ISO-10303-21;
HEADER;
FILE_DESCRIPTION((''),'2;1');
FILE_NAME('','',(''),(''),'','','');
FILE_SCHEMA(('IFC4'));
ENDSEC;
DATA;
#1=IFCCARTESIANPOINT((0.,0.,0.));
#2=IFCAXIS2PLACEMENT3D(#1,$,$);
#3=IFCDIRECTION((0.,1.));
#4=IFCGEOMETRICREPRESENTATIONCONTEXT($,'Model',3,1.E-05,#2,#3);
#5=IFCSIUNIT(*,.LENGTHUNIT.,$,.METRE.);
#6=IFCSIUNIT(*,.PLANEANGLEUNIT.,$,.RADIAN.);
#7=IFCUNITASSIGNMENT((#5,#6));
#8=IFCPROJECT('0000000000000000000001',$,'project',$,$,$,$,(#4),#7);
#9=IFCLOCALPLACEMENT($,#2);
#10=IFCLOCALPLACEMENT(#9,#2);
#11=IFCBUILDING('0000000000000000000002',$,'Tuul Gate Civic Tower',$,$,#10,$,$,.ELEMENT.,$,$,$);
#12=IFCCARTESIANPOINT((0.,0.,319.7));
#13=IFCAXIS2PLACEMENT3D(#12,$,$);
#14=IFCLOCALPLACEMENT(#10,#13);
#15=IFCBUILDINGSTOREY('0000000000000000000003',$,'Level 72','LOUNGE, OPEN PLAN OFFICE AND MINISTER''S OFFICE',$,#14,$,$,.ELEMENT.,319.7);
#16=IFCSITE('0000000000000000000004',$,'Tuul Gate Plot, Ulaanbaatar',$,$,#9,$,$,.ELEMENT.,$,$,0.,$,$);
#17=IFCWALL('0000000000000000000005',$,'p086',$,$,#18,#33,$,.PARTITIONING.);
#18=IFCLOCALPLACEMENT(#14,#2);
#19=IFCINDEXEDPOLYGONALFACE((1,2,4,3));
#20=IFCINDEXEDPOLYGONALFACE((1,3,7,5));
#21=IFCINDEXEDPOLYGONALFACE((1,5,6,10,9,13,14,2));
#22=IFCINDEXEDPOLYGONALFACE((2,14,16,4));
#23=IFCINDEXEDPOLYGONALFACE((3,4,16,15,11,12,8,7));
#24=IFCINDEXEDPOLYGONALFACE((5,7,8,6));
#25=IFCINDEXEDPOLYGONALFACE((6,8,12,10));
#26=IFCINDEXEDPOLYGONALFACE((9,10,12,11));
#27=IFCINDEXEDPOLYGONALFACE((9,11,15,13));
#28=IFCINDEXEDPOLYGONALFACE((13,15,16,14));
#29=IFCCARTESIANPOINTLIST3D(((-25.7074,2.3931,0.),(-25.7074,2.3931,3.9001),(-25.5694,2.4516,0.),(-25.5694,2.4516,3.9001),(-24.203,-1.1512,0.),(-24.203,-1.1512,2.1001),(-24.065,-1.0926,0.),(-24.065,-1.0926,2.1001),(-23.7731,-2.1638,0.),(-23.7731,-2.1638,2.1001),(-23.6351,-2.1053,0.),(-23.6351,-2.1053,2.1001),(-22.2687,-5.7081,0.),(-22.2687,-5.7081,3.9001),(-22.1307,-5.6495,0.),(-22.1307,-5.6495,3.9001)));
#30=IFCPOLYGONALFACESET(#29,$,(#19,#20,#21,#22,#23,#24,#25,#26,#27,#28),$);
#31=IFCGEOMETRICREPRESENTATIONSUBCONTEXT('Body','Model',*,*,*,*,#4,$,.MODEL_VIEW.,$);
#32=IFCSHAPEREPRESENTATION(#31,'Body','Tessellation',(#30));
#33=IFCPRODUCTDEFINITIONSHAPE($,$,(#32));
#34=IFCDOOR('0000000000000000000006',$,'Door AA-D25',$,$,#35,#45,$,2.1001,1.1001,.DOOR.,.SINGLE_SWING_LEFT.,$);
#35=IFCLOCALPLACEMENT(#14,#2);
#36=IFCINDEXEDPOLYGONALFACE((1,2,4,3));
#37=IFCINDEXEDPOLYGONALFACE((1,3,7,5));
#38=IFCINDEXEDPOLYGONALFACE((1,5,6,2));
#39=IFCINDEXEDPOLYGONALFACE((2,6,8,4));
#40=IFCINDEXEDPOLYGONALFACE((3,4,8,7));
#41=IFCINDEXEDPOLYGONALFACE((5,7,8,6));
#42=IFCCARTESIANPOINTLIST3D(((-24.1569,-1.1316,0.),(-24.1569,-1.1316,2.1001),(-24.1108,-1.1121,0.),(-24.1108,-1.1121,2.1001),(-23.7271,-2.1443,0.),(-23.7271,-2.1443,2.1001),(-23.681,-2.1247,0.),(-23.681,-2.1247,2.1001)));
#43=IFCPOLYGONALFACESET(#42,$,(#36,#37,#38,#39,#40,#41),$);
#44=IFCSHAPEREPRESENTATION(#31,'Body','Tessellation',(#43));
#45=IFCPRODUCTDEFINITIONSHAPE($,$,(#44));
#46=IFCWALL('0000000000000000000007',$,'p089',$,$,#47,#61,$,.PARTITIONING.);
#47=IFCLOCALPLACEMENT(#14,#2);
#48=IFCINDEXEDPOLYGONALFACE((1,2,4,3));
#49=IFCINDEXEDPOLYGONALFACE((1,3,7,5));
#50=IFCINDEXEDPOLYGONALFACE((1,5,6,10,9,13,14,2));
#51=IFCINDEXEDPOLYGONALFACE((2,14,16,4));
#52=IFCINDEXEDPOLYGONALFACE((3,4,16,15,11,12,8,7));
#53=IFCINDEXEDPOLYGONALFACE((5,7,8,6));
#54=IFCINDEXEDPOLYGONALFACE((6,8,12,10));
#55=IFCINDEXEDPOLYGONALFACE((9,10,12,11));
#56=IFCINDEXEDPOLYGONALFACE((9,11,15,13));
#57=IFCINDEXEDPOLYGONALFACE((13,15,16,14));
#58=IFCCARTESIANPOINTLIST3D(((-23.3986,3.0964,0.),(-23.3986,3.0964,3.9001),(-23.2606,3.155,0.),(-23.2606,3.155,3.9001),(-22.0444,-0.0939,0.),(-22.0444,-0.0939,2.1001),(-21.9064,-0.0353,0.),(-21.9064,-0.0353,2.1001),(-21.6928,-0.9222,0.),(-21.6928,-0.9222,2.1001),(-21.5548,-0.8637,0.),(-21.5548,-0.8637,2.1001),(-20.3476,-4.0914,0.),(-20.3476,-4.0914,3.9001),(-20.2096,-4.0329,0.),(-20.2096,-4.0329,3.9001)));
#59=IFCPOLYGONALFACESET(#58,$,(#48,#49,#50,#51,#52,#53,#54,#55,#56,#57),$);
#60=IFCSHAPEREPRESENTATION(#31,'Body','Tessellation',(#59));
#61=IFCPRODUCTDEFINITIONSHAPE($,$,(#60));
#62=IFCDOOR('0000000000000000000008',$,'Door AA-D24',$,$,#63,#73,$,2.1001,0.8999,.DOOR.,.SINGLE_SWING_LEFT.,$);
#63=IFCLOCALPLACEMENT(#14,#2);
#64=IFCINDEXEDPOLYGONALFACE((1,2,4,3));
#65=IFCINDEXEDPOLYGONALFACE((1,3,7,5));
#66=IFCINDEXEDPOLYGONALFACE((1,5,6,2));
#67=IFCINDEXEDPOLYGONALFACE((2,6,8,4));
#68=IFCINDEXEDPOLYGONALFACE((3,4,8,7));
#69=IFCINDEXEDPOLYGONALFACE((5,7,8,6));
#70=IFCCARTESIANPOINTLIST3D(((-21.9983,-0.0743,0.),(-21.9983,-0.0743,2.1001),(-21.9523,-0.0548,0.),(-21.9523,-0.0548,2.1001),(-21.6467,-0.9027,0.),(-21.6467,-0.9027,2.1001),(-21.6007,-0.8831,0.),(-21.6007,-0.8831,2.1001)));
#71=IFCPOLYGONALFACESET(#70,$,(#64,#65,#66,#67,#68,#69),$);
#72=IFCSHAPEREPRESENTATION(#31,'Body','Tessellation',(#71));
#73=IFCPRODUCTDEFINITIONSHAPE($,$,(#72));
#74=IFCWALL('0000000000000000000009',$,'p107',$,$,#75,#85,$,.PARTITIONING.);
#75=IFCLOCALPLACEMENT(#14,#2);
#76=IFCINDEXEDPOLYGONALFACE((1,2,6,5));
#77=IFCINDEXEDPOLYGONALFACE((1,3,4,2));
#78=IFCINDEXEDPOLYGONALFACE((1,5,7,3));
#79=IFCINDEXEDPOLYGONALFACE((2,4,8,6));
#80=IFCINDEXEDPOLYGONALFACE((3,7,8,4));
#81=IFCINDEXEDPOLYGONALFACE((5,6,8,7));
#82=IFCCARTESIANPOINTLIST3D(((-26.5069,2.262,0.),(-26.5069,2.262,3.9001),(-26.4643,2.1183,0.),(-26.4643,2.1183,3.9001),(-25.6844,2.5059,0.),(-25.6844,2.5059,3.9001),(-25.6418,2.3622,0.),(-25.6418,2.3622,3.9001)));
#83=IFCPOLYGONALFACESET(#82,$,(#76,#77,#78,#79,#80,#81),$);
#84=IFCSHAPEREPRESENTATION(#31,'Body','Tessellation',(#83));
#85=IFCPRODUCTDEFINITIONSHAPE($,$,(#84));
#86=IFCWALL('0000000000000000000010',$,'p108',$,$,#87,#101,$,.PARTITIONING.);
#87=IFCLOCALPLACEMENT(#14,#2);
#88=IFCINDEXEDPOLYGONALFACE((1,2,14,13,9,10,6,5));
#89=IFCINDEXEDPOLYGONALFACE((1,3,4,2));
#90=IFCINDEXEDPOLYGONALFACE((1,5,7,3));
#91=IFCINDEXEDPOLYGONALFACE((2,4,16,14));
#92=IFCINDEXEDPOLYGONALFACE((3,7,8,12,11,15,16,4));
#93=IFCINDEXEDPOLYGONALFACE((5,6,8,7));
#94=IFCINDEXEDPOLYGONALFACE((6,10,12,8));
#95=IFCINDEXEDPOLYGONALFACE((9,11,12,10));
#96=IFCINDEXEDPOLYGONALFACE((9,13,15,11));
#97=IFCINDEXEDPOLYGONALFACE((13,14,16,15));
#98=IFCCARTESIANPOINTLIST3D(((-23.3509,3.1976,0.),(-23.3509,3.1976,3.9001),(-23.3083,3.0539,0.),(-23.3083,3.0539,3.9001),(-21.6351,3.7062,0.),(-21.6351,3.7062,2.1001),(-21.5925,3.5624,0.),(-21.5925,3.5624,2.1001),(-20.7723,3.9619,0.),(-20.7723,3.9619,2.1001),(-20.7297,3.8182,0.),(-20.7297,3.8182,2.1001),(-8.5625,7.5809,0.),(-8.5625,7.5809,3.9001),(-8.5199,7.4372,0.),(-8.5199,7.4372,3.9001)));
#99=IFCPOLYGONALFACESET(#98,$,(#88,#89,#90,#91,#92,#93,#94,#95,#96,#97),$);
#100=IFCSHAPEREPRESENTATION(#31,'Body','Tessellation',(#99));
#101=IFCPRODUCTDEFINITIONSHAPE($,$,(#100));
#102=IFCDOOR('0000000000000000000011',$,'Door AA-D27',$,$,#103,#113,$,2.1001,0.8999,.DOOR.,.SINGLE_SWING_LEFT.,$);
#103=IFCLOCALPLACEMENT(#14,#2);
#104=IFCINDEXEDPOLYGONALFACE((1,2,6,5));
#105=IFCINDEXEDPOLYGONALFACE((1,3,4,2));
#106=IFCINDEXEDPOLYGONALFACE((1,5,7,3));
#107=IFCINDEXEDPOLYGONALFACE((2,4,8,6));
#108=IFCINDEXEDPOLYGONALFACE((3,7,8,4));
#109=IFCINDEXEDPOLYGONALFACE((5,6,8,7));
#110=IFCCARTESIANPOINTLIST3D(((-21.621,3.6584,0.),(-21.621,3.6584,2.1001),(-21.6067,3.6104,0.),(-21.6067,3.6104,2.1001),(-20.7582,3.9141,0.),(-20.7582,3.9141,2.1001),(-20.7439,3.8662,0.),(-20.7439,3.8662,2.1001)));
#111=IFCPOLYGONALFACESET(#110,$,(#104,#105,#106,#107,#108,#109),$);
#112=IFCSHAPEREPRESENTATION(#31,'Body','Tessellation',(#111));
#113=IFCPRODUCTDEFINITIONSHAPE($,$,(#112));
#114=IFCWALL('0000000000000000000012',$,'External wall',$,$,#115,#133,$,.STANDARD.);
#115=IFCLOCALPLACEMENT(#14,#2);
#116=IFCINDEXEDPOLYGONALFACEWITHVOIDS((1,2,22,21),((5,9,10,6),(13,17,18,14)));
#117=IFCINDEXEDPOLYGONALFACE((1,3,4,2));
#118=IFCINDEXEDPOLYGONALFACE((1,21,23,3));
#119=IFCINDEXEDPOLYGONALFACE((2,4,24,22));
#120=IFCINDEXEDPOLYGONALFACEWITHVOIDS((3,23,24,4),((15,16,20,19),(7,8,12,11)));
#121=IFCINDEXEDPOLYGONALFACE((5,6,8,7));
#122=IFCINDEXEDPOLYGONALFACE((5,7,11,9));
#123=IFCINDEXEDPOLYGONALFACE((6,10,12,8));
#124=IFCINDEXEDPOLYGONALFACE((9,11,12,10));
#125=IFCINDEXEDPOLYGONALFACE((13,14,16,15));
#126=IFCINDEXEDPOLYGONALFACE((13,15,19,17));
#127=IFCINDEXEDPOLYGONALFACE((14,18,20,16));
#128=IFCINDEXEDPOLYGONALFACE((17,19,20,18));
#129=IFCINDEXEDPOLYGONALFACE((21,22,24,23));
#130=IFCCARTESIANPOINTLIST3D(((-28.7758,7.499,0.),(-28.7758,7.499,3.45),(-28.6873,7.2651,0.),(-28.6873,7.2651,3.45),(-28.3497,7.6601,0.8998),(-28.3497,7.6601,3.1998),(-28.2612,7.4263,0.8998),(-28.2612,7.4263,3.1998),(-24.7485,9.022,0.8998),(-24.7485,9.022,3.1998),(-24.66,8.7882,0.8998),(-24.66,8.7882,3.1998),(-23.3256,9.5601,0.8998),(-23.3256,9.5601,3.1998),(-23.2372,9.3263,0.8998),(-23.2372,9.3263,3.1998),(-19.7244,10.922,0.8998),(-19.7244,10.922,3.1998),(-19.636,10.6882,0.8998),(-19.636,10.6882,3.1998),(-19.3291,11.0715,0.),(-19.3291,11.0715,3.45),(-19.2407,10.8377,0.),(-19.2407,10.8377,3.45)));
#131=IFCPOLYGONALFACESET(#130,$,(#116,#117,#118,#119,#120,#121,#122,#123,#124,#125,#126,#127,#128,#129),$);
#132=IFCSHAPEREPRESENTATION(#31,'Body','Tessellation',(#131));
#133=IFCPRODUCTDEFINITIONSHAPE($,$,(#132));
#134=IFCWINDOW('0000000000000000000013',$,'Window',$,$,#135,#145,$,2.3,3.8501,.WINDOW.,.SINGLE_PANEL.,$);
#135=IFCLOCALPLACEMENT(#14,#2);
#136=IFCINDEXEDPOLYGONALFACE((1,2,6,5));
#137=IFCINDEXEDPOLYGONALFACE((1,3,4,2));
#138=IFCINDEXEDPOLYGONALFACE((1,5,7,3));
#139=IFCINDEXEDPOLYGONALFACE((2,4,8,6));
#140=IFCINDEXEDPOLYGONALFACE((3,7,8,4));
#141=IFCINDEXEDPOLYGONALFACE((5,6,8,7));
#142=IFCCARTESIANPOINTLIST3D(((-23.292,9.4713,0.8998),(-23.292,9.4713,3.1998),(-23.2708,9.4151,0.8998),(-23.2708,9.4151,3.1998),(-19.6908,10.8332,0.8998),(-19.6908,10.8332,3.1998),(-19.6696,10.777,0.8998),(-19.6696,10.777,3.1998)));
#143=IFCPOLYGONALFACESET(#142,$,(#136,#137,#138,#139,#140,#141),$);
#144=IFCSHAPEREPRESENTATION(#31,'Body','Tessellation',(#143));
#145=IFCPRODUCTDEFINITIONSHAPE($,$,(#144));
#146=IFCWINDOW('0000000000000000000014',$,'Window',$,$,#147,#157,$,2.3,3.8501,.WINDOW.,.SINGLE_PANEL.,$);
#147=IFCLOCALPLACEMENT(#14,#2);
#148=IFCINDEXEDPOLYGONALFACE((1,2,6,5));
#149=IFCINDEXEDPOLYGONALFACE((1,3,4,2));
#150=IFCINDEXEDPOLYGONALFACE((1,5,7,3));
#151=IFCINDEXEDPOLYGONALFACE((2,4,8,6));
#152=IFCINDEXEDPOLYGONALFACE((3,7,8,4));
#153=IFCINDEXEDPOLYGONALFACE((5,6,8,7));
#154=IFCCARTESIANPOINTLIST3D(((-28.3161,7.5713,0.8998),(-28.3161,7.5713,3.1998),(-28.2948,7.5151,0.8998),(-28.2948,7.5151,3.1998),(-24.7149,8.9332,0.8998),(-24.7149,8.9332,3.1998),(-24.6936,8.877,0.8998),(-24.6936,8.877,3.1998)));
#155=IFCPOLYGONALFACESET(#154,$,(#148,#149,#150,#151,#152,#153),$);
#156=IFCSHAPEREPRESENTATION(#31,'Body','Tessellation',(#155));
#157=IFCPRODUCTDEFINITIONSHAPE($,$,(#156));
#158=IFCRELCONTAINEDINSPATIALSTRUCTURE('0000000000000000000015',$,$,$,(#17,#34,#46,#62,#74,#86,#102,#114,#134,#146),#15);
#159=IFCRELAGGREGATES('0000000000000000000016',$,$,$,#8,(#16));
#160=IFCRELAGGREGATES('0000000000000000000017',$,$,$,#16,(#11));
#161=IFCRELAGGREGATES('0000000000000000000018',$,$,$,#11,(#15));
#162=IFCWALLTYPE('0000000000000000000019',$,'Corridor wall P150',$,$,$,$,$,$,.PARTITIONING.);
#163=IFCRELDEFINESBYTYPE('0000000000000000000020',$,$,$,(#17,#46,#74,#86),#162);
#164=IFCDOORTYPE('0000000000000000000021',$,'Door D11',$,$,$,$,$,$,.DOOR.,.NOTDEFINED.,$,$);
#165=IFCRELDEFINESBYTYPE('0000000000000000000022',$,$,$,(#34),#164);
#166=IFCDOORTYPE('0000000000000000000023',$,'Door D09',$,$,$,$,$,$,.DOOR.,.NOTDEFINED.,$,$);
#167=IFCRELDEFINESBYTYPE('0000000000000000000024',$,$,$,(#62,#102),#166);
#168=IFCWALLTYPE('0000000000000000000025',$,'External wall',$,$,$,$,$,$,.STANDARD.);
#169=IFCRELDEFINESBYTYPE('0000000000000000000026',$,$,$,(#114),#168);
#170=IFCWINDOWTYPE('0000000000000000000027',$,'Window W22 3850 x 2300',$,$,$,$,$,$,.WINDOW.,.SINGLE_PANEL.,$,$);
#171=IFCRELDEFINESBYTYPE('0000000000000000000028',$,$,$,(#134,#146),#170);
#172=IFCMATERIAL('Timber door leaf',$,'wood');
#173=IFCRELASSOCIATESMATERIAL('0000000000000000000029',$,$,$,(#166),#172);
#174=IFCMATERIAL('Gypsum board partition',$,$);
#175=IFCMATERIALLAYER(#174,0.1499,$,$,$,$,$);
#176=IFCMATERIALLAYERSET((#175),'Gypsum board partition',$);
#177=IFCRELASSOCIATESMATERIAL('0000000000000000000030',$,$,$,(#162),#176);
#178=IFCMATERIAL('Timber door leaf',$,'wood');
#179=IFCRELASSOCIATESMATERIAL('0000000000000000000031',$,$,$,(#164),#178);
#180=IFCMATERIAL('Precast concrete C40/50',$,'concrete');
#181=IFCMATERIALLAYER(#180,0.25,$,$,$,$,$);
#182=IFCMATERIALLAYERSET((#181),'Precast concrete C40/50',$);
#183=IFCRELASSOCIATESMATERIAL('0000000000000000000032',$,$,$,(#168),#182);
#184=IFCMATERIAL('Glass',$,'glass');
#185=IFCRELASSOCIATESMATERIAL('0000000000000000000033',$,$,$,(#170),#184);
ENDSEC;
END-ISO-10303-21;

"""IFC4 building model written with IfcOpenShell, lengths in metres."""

from ifc_helpers import new_model, si_unit, direction, frame, frame_2d, origin, place, context, subcontext, project, spatial, rectangle, extrude, material, layer, layer_set, type_object, element, fill, save


model = new_model("IFC4")

# Units and contexts
model_context = context("Model", 3, precision=1e-05, world=origin(), true_north=direction((0.0, 1.0)))
body_context = subcontext(model_context, "Body", "Model", "MODEL_VIEW")
ifc_project = project(units=[si_unit("LENGTHUNIT", "METRE"), si_unit("PLANEANGLEUNIT", "RADIAN")], contexts=[model_context])

# Site, building, storey
site_placement = place(None, origin())
site = spatial("IfcSite", under=ifc_project, at=site_placement, Name="Tuul Gate Plot, Ulaanbaatar", CompositionType="ELEMENT", RefElevation=0.0)
building_placement = place(site_placement, origin())
building = spatial("IfcBuilding", under=site, at=building_placement, Name="Tuul Gate Civic Tower", CompositionType="ELEMENT")
storey_placement = place(building_placement, frame((0.0, 0.0, 319.7)))
storey = spatial("IfcBuildingStorey", under=building, at=storey_placement, Name="Level 72", Description="LOUNGE, OPEN PLAN OFFICE AND MINISTER'S OFFICE", CompositionType="ELEMENT", Elevation=319.7)

# Walls, openings, doors
ifc_material_1 = material(Name="Timber door leaf", Category="wood")
door_type_1 = type_object("IfcDoorType", Name="Door D09", OperationType="NOTDEFINED", PredefinedType="DOOR", material=ifc_material_1)
ifc_material_2 = material(Name="Gypsum board partition")
ifc_layer_1 = layer(ifc_material_2, 0.1499)
ifc_layer_set_1 = layer_set([ifc_layer_1], Name="Gypsum board partition")
wall_type_1 = type_object("IfcWallType", Name="Corridor wall P150", PredefinedType="PARTITIONING", material=ifc_layer_set_1)
ifc_material_3 = material(Name="Timber door leaf", Category="wood")
door_type_2 = type_object("IfcDoorType", Name="Door D11", OperationType="NOTDEFINED", PredefinedType="DOOR", material=ifc_material_3)
wall_1_placement = place(storey_placement, frame((-25.6384, 2.4224, 0.0), z_axis=(0.0, 0.0, 1.0), x_axis=(0.390733, -0.920504, 0.0)))
wall_1 = element("IfcWall", 1, at=wall_1_placement, inside=storey, type_object=wall_type_1, Name="p086", PredefinedType="PARTITIONING", context=body_context, shape_type="SweptSolid", body=[
    extrude(rectangle(XDim=8.8008, YDim=0.1499, at=frame_2d((4.4004, 0.0))), origin(), (0.0, 0.0, 1.0), 3.9001),
])
opening_1_placement = place(wall_1_placement, frame((3.8503, 0.0, 0.0)))
opening_1 = element("IfcOpeningElement", 2, at=opening_1_placement, cuts=wall_1, PredefinedType="OPENING", context=body_context, shape_type="SweptSolid", body=[
    extrude(rectangle(XDim=1.1001, YDim=2.1001, at=frame_2d((0.55, 1.05))), frame((0.0, 0.085, 0.0), z_axis=(0.0, -1.0, 0.0), x_axis=(1.0, 0.0, 0.0)), (0.0, 0.0, 1.0), 0.1699),
])
door_1_placement = place(opening_1_placement, frame((1.1001, 0.0, 0.0), z_axis=(0.0, 0.0, 1.0), x_axis=(-1.0, 0.0, 0.0)))
door_1 = element("IfcDoor", 3, at=door_1_placement, inside=storey, type_object=door_type_2, Name="Door AA-D25", OperationType="SINGLE_SWING_LEFT", OverallHeight=2.1001, OverallWidth=1.1001, PredefinedType="DOOR", context=body_context, shape_type="SweptSolid", body=[
    extrude(rectangle(XDim=1.1001, YDim=2.1001, at=frame_2d((0.55, 1.05))), frame((0.0, 0.0249, 0.0), z_axis=(0.0, -1.0, 0.0), x_axis=(1.0, 0.0, 0.0)), (0.0, 0.0, 1.0), 0.05),
])
fill(opening_1, door_1)
wall_2_placement = place(storey_placement, frame((-23.3296, 3.1257, 0.0), z_axis=(0.0, 0.0, 1.0), x_axis=(0.390721, -0.920509, 0.0)))
wall_2 = element("IfcWall", 4, at=wall_2_placement, inside=storey, type_object=wall_type_1, Name="p089", PredefinedType="PARTITIONING", context=body_context, shape_type="SweptSolid", body=[
    extrude(rectangle(XDim=7.8086, YDim=0.1499, at=frame_2d((3.9043, 0.0))), origin(), (0.0, 0.0, 1.0), 3.9001),
])
opening_2_placement = place(wall_2_placement, frame((3.4658, 0.0, 0.0)))
opening_2 = element("IfcOpeningElement", 5, at=opening_2_placement, cuts=wall_2, PredefinedType="OPENING", context=body_context, shape_type="SweptSolid", body=[
    extrude(rectangle(XDim=0.8999, YDim=2.1001, at=frame_2d((0.45, 1.05))), frame((0.0, 0.085, 0.0), z_axis=(0.0, -1.0, 0.0), x_axis=(1.0, 0.0, 0.0)), (0.0, 0.0, 1.0), 0.1699),
])
door_2_placement = place(opening_2_placement, frame((0.8999, 0.0, 0.0), z_axis=(0.0, 0.0, 1.0), x_axis=(-1.0, 0.0, 0.0)))
door_2 = element("IfcDoor", 6, at=door_2_placement, inside=storey, type_object=door_type_1, Name="Door AA-D24", OperationType="SINGLE_SWING_LEFT", OverallHeight=2.1001, OverallWidth=0.8999, PredefinedType="DOOR", context=body_context, shape_type="SweptSolid", body=[
    extrude(rectangle(XDim=0.8999, YDim=2.1001, at=frame_2d((0.45, 1.05))), frame((0.0, 0.0249, 0.0), z_axis=(0.0, -1.0, 0.0), x_axis=(1.0, 0.0, 0.0)), (0.0, 0.0, 1.0), 0.05),
])
fill(opening_2, door_2)

# Wall
wall_3_placement = place(storey_placement, frame((-26.4856, 2.1902, 0.0), z_axis=(0.0, 0.0, 1.0), x_axis=(0.958738, 0.284292, 0.0)))
element("IfcWall", 7, at=wall_3_placement, inside=storey, type_object=wall_type_1, Name="p107", PredefinedType="PARTITIONING", context=body_context, shape_type="SweptSolid", body=[
    extrude(rectangle(XDim=0.8579, YDim=0.1499, at=frame_2d((0.429, 0.0))), origin(), (0.0, 0.0, 1.0), 3.9001),
])

# Wall, opening, door
wall_4_placement = place(storey_placement, frame((-23.3296, 3.1257, 0.0), z_axis=(0.0, 0.0, 1.0), x_axis=(0.95877, 0.284182, 0.0)))
wall_4 = element("IfcWall", 8, at=wall_4_placement, inside=storey, type_object=wall_type_1, Name="p108", PredefinedType="PARTITIONING", context=body_context, shape_type="SweptSolid", body=[
    extrude(rectangle(XDim=15.4243, YDim=0.1499, at=frame_2d((7.7122, 0.0))), origin(), (0.0, 0.0, 1.0), 3.9001),
])
opening_3_placement = place(wall_4_placement, frame((1.7896, 0.0, 0.0)))
opening_3 = element("IfcOpeningElement", 9, at=opening_3_placement, cuts=wall_4, PredefinedType="OPENING", context=body_context, shape_type="SweptSolid", body=[
    extrude(rectangle(XDim=0.8999, YDim=2.1001, at=frame_2d((0.45, 1.05))), frame((0.0, 0.085, 0.0), z_axis=(0.0, -1.0, 0.0), x_axis=(1.0, 0.0, 0.0)), (0.0, 0.0, 1.0), 0.1699),
])
door_3_placement = place(opening_3_placement, frame((0.8999, 0.0, 0.0), z_axis=(0.0, 0.0, 1.0), x_axis=(-1.0, 0.0, 0.0)))
door_3 = element("IfcDoor", 10, at=door_3_placement, inside=storey, type_object=door_type_1, Name="Door AA-D27", OperationType="SINGLE_SWING_LEFT", OverallHeight=2.1001, OverallWidth=0.8999, PredefinedType="DOOR", context=body_context, shape_type="SweptSolid", body=[
    extrude(rectangle(XDim=0.8999, YDim=2.1001, at=frame_2d((0.45, 1.05))), frame((0.0, 0.0249, 0.0), z_axis=(0.0, -1.0, 0.0), x_axis=(1.0, 0.0, 0.0)), (0.0, 0.0, 1.0), 0.05),
])
fill(opening_3, door_3)

# Wall, openings, windows
ifc_material_4 = material(Name="Precast concrete C40/50", Category="concrete")
ifc_layer_2 = layer(ifc_material_4, 0.25)
ifc_layer_set_2 = layer_set([ifc_layer_2], Name="Precast concrete C40/50")
wall_type_2 = type_object("IfcWallType", Name="External wall", PredefinedType="STANDARD", material=ifc_layer_set_2)
wall_5_placement = place(storey_placement, frame((-19.2849, 10.9546, 0.0), z_axis=(0.0, 0.0, 1.0), x_axis=(-0.935347, -0.353731, 0.0)))
wall_5 = element("IfcWall", 11, at=wall_5_placement, inside=storey, type_object=wall_type_2, Name="External wall", PredefinedType="STANDARD", context=body_context, shape_type="SweptSolid", body=[
    extrude(rectangle(XDim=10.0996, YDim=0.25, at=frame_2d((5.0498, 0.0))), origin(), (0.0, 0.0, 1.0), 3.45),
])
opening_4_placement = place(wall_5_placement, frame((0.4226, 0.0, 0.8999)))
opening_4 = element("IfcOpeningElement", 12, at=opening_4_placement, cuts=wall_5, PredefinedType="OPENING", context=body_context, shape_type="SweptSolid", body=[
    extrude(rectangle(XDim=3.8501, YDim=2.3, at=frame_2d((1.925, 1.1499))), frame((0.0, 0.135, 0.0), z_axis=(0.0, -1.0, 0.0), x_axis=(1.0, 0.0, 0.0)), (0.0, 0.0, 1.0), 0.27),
])
opening_5_placement = place(wall_5_placement, frame((5.7939, 0.0, 0.8999)))
opening_5 = element("IfcOpeningElement", 13, at=opening_5_placement, cuts=wall_5, PredefinedType="OPENING", context=body_context, shape_type="SweptSolid", body=[
    extrude(rectangle(XDim=3.8501, YDim=2.3, at=frame_2d((1.925, 1.1499))), frame((0.0, 0.135, 0.0), z_axis=(0.0, -1.0, 0.0), x_axis=(1.0, 0.0, 0.0)), (0.0, 0.0, 1.0), 0.27),
])
ifc_material_5 = material(Name="Glass", Category="glass")
window_type = type_object("IfcWindowType", Name="Window W22 3850 x 2300", PartitioningType="SINGLE_PANEL", PredefinedType="WINDOW", material=ifc_material_5)
window_1_placement = place(opening_4_placement, origin())
window_1 = element("IfcWindow", 14, at=window_1_placement, inside=storey, type_object=window_type, Name="Window", OverallHeight=2.3, OverallWidth=3.8501, PartitioningType="SINGLE_PANEL", PredefinedType="WINDOW", context=body_context, shape_type="SweptSolid", body=[
    extrude(rectangle(XDim=3.8501, YDim=2.3, at=frame_2d((1.925, 1.1499))), frame((0.0, 0.03, 0.0), z_axis=(0.0, -1.0, 0.0), x_axis=(1.0, 0.0, 0.0)), (0.0, 0.0, 1.0), 0.0601),
])
fill(opening_4, window_1)
window_2_placement = place(opening_5_placement, origin())
window_2 = element("IfcWindow", 15, at=window_2_placement, inside=storey, type_object=window_type, Name="Window", OverallHeight=2.3, OverallWidth=3.8501, PartitioningType="SINGLE_PANEL", PredefinedType="WINDOW", context=body_context, shape_type="SweptSolid", body=[
    extrude(rectangle(XDim=3.8501, YDim=2.3, at=frame_2d((1.925, 1.1499))), frame((0.0, 0.03, 0.0), z_axis=(0.0, -1.0, 0.0), x_axis=(1.0, 0.0, 0.0)), (0.0, 0.0, 1.0), 0.0601),
])
fill(opening_5, window_2)

save(model, "model.ifc")
